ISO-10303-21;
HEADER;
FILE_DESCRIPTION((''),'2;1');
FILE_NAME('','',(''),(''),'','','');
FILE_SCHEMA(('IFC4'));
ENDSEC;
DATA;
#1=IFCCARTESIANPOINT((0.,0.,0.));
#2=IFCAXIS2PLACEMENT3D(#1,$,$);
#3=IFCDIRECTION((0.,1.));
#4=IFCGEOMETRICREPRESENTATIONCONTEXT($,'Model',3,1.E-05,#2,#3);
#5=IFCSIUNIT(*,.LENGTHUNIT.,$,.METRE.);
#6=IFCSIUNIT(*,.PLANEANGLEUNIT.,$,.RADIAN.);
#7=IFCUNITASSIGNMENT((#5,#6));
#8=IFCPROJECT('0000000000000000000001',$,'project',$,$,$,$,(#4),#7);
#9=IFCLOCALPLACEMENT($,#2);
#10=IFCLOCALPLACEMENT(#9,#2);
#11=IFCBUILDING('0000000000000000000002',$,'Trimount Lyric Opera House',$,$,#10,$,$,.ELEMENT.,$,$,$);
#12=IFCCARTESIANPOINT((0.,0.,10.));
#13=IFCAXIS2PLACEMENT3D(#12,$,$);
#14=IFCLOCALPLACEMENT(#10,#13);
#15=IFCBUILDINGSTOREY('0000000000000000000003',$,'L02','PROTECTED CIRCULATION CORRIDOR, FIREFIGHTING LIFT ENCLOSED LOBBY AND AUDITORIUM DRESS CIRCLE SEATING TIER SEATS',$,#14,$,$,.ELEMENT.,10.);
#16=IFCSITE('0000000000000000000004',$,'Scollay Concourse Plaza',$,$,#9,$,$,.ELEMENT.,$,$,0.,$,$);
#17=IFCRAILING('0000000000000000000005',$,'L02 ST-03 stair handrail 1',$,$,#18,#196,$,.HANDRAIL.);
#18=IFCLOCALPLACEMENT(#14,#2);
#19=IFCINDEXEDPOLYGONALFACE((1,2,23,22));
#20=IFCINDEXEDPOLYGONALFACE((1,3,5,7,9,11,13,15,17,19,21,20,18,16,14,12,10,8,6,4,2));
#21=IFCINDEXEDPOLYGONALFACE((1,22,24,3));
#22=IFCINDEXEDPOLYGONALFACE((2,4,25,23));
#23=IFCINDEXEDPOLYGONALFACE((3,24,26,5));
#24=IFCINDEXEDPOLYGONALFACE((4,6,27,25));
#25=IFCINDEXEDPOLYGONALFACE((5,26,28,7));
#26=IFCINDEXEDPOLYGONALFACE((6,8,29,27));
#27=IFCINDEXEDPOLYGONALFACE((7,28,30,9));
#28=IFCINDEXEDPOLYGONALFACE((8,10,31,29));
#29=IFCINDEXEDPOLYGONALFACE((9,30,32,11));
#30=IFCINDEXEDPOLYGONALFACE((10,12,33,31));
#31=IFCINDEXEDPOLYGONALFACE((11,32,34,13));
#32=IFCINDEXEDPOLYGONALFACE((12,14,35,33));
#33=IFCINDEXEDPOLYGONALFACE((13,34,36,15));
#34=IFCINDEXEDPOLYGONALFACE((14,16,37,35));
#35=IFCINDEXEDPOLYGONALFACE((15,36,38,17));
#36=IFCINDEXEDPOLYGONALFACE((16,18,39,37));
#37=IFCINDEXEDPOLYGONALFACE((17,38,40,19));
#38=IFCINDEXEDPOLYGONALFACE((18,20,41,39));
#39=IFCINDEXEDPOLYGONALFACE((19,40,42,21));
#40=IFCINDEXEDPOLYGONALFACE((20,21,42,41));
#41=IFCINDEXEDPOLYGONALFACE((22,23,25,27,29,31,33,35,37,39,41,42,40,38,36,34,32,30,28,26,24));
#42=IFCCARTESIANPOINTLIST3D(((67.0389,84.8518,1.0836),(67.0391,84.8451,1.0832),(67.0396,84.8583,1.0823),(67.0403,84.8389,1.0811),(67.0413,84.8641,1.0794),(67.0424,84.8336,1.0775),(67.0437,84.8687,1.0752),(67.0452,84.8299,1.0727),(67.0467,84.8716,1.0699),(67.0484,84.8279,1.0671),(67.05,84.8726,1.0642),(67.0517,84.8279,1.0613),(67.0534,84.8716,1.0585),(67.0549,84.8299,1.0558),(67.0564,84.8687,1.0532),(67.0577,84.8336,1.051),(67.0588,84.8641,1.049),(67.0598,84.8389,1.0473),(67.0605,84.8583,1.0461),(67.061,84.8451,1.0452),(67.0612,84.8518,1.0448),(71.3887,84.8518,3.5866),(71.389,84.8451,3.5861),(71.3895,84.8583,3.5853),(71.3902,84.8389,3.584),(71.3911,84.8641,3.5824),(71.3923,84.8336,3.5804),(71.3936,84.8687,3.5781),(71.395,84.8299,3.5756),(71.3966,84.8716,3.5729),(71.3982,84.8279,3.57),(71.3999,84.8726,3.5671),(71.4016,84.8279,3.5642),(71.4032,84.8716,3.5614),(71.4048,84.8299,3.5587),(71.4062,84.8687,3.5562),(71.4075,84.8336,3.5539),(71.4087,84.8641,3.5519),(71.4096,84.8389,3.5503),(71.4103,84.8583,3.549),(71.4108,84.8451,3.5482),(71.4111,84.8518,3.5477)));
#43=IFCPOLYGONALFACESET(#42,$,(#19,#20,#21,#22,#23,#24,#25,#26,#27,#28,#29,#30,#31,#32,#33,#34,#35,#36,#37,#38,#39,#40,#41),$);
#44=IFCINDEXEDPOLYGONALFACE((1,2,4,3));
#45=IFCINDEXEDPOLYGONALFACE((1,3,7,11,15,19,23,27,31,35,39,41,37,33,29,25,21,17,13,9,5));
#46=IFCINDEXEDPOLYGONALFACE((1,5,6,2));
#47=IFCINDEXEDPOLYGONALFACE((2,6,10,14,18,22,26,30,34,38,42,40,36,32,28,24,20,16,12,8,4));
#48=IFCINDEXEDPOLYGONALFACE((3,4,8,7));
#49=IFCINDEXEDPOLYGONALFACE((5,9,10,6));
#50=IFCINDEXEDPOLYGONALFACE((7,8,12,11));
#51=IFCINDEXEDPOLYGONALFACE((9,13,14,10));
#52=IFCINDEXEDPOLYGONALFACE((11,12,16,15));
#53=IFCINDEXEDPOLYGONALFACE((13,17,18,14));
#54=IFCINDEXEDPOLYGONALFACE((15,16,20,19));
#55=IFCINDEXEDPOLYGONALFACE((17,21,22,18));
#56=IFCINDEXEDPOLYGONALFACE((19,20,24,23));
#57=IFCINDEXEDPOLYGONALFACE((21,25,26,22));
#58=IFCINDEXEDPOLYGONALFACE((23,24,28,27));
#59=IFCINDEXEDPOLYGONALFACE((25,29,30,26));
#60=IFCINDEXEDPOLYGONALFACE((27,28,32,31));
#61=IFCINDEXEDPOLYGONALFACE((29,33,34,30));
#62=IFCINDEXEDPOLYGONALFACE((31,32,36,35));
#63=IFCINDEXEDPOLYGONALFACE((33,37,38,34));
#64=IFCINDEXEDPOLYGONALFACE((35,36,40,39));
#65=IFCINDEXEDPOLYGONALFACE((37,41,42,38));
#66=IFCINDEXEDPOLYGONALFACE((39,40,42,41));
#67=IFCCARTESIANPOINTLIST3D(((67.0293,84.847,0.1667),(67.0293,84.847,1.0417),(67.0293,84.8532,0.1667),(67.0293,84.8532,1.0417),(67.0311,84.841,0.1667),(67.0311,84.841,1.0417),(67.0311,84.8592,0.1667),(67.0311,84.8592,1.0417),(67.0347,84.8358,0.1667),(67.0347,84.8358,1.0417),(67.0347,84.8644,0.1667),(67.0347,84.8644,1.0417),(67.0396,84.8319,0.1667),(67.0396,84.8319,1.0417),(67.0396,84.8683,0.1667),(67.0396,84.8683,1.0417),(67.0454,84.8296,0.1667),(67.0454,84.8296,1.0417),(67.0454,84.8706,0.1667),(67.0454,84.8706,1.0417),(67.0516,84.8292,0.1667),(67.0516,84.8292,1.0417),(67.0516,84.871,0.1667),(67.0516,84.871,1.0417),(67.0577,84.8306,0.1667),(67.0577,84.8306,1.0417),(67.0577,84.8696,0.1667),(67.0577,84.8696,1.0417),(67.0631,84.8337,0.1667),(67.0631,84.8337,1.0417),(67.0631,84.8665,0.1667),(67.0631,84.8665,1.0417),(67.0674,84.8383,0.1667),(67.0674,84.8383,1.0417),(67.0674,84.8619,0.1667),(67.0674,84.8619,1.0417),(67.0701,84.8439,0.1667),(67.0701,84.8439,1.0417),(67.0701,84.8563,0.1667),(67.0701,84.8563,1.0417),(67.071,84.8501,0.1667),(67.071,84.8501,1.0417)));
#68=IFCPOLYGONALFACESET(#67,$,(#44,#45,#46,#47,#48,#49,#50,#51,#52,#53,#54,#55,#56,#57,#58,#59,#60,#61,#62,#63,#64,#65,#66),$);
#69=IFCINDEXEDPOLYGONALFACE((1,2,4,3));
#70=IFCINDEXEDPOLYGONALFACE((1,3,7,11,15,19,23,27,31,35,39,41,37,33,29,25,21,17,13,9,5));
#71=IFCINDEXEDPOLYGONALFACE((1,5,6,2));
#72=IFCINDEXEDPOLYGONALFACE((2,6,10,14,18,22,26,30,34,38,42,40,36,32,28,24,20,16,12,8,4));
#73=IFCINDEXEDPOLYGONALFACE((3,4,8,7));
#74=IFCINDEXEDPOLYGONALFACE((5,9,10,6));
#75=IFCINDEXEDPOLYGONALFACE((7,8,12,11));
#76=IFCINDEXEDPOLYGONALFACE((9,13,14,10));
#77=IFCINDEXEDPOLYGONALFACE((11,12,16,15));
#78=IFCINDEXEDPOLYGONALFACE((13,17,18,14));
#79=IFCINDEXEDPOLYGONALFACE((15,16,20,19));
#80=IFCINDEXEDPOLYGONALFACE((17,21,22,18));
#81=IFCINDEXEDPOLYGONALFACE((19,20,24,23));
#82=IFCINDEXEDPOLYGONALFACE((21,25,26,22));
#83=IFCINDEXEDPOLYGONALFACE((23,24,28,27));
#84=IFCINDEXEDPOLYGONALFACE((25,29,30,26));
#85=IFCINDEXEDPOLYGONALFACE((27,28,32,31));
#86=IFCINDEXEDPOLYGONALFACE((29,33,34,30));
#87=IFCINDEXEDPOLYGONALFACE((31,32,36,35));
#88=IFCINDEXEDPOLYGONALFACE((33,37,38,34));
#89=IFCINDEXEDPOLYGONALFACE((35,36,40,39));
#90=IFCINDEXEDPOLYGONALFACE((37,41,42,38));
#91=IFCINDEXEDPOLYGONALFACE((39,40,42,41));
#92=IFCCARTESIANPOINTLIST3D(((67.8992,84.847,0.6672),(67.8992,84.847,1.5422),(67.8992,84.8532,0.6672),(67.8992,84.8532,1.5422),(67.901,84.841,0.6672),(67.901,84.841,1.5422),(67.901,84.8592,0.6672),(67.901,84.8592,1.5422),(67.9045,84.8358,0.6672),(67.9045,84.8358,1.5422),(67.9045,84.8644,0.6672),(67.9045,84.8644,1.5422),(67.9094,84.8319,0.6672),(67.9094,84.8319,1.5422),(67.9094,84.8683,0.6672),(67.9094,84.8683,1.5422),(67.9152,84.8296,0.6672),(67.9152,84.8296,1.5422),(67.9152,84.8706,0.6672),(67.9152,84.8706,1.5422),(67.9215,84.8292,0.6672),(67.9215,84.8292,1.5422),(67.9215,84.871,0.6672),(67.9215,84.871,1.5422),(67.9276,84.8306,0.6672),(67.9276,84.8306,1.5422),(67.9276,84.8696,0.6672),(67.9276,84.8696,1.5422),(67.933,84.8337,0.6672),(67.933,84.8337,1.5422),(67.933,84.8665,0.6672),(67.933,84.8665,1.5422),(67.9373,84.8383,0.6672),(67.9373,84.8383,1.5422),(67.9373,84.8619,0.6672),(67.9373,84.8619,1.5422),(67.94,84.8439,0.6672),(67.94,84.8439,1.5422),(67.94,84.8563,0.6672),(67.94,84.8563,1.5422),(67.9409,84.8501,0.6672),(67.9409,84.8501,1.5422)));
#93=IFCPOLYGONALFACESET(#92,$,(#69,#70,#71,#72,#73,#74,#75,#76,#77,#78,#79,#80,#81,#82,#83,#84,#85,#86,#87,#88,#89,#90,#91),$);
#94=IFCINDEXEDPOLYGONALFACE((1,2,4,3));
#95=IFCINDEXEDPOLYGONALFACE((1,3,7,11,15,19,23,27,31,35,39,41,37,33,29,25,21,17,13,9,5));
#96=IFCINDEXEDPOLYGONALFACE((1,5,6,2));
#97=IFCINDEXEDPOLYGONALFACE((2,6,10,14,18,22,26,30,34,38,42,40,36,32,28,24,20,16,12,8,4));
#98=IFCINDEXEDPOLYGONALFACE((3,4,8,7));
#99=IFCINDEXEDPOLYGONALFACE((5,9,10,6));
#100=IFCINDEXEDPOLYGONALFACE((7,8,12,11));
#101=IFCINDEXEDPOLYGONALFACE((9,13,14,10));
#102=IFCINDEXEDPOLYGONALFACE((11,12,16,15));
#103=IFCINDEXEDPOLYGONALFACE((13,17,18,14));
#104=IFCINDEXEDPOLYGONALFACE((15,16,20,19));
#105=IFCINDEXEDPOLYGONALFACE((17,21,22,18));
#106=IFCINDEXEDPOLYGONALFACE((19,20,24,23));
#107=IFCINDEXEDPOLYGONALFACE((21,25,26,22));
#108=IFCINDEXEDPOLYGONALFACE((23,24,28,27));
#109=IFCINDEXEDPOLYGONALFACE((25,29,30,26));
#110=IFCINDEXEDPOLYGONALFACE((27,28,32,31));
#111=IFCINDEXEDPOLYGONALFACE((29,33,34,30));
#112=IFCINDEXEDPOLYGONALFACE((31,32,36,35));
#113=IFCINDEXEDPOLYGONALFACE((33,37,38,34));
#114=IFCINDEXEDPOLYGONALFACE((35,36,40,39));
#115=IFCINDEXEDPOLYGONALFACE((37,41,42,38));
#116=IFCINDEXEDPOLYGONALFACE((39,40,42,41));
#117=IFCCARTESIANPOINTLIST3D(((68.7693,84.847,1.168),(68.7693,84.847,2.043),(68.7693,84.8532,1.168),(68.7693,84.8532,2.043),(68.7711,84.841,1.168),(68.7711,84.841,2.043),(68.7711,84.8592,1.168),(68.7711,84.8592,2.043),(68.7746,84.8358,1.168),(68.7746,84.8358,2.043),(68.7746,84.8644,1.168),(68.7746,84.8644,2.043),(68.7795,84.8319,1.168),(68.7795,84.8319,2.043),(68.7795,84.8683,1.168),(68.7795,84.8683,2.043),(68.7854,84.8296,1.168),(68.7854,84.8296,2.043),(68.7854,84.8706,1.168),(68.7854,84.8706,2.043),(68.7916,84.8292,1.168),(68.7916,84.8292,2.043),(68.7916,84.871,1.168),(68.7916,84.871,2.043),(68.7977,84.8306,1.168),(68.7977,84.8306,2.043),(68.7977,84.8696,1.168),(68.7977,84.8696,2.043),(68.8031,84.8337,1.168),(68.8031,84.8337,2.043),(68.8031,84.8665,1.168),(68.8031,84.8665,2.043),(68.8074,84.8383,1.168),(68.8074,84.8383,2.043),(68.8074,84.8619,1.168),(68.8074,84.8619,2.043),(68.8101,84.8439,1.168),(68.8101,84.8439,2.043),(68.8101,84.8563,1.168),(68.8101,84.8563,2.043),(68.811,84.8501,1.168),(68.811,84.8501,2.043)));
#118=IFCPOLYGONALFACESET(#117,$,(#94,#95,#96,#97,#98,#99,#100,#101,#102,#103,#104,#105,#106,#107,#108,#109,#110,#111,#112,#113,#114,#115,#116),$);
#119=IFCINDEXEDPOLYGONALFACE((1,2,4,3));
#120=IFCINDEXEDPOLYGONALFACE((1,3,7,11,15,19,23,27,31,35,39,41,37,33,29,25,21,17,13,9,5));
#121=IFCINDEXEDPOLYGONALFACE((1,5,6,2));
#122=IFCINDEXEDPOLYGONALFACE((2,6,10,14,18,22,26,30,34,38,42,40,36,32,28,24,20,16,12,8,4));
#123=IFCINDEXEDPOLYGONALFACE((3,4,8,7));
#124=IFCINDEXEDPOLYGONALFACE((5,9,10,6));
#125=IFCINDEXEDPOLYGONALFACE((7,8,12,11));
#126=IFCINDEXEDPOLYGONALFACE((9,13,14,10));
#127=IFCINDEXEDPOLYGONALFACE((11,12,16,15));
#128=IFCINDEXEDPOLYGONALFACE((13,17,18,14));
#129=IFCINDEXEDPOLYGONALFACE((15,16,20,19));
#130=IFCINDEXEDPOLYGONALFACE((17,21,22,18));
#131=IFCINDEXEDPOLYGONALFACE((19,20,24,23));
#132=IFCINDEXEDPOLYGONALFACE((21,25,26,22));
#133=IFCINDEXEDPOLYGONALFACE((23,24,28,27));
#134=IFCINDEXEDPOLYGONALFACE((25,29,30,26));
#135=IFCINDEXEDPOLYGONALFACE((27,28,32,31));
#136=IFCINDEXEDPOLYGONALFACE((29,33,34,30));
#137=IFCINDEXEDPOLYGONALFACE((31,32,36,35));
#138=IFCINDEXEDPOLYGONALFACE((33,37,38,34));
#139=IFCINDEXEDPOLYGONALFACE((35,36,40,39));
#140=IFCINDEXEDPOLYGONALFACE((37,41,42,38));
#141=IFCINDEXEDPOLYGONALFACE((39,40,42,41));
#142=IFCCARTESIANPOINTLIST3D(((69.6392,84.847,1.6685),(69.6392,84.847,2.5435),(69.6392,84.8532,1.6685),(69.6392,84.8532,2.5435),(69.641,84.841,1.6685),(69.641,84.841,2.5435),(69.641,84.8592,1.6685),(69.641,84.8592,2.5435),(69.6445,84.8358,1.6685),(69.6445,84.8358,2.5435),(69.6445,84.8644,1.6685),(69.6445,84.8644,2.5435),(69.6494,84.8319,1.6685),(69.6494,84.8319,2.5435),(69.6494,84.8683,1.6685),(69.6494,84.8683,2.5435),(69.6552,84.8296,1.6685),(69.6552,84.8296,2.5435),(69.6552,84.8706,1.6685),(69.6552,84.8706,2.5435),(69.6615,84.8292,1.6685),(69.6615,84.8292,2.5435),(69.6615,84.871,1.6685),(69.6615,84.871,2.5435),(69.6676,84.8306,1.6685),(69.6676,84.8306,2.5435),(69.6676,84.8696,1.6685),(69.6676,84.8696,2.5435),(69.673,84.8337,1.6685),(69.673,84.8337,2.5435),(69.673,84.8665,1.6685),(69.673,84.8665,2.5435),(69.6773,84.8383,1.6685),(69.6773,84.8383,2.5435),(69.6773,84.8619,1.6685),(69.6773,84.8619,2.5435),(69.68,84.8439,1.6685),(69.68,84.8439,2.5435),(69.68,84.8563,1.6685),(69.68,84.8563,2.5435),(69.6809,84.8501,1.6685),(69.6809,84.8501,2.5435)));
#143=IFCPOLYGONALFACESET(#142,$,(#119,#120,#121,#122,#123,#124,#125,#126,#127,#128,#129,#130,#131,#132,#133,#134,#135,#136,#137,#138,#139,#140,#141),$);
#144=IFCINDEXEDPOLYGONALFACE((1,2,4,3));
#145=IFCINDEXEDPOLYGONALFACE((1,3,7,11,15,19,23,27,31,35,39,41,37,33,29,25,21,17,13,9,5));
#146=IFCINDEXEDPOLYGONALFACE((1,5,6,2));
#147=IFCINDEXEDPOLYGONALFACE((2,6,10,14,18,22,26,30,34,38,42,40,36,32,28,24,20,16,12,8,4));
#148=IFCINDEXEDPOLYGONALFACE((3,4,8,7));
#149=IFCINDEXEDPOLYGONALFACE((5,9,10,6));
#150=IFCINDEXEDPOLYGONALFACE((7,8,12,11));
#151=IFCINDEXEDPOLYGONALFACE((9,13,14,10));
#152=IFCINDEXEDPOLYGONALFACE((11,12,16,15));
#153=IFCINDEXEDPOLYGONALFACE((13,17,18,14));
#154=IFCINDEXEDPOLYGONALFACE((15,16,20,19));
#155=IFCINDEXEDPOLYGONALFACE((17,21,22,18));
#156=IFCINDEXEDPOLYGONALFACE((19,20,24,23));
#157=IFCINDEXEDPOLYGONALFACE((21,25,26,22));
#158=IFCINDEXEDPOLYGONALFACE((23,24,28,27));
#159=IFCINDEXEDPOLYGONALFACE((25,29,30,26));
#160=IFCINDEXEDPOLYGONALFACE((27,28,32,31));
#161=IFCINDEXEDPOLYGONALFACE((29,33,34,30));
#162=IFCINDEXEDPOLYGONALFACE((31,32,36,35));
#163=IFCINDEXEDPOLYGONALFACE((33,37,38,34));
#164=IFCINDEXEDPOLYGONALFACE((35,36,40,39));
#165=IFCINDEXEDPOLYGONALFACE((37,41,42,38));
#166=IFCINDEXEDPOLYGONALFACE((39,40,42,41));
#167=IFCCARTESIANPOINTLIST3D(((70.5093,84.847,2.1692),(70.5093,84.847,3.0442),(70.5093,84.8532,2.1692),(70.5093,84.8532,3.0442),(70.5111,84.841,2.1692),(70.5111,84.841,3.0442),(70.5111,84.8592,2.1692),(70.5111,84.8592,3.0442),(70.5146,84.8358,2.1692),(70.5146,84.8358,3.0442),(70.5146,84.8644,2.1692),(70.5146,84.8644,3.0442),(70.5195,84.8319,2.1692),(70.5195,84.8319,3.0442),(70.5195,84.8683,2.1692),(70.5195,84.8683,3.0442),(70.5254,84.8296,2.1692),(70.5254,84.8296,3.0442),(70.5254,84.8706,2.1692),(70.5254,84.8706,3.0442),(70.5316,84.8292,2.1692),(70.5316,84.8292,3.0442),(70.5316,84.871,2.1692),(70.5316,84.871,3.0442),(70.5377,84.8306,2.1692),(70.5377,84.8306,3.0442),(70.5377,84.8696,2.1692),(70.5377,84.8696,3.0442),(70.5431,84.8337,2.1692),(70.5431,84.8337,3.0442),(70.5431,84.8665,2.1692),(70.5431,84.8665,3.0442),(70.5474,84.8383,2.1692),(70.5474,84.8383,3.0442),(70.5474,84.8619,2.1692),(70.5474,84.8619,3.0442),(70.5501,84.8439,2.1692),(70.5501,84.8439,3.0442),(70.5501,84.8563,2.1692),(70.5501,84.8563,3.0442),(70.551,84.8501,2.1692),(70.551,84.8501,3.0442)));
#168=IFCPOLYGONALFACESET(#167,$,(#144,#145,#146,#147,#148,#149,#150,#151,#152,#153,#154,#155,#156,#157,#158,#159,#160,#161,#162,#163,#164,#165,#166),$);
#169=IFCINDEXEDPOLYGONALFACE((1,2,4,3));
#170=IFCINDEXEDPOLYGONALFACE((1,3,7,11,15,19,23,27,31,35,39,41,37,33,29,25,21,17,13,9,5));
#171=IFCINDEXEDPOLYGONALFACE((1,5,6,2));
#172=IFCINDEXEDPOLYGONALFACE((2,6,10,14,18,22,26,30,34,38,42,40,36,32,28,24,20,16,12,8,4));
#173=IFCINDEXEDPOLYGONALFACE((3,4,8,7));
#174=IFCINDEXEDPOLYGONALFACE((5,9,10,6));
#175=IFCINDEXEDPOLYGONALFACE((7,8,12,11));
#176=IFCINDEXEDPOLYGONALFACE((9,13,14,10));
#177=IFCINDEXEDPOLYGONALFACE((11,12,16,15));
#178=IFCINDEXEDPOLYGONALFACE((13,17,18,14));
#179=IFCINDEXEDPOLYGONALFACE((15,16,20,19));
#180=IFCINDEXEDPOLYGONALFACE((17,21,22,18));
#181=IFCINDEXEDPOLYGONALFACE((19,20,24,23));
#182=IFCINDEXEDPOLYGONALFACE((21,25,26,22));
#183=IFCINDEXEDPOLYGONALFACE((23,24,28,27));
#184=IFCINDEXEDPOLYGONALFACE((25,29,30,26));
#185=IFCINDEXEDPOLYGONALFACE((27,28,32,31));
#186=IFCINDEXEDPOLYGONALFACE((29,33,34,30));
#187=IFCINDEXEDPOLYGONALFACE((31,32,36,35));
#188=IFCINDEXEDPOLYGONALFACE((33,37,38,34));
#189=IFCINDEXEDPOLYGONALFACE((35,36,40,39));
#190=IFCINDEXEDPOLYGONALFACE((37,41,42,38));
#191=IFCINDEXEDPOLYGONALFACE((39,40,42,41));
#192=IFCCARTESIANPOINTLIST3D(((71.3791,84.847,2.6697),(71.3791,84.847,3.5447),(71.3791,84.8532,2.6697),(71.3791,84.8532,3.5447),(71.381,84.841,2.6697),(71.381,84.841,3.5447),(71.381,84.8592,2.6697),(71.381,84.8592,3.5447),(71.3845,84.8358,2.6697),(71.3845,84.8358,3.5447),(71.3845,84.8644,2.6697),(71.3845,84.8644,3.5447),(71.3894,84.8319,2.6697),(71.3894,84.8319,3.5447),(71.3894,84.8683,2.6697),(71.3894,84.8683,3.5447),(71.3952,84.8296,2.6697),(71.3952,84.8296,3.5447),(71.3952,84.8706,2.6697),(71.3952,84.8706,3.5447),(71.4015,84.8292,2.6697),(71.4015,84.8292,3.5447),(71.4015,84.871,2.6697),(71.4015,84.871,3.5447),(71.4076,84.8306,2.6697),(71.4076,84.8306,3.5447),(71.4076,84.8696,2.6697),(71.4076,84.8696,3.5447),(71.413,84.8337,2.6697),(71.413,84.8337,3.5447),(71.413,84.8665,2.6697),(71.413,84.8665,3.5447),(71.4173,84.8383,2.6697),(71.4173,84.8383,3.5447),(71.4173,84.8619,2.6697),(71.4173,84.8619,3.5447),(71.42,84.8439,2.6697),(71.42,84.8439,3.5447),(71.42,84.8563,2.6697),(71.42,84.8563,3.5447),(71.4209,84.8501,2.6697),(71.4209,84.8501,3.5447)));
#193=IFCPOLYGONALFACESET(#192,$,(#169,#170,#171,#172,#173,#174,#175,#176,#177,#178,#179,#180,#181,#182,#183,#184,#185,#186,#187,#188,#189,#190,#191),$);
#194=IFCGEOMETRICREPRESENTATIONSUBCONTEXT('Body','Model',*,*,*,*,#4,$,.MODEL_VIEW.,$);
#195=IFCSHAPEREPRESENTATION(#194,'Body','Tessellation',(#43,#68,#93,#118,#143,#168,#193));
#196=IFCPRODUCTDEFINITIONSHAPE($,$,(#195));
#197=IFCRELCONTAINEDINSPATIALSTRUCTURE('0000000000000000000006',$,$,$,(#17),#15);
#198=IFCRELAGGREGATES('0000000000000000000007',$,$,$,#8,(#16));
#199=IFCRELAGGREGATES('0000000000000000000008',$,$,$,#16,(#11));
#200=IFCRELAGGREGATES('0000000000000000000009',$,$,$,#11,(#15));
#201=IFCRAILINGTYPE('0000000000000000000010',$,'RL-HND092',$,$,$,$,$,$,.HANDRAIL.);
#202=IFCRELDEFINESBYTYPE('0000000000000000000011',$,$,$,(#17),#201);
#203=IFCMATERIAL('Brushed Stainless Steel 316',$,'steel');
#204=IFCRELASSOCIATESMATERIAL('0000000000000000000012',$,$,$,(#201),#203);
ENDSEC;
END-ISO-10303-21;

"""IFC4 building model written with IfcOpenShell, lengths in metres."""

from ifc_helpers import new_model, si_unit, direction, frame, origin, origin_2d, place, context, subcontext, project, spatial, circle, extrude, material, type_object, element, save


model = new_model("IFC4")

# Units and contexts
model_context = context("Model", 3, precision=1e-05, world=origin(), true_north=direction((0.0, 1.0)))
body_context = subcontext(model_context, "Body", "Model", "MODEL_VIEW")
ifc_project = project(units=[si_unit("LENGTHUNIT", "METRE"), si_unit("PLANEANGLEUNIT", "RADIAN")], contexts=[model_context])

# Site, building, storey
site_placement = place(None, origin())
site = spatial("IfcSite", under=ifc_project, at=site_placement, Name="Scollay Concourse Plaza", CompositionType="ELEMENT", RefElevation=0.0)
building_placement = place(site_placement, origin())
building = spatial("IfcBuilding", under=site, at=building_placement, Name="Trimount Lyric Opera House", CompositionType="ELEMENT")
storey_placement = place(building_placement, frame((0.0, 0.0, 10.0)))
storey = spatial("IfcBuildingStorey", under=building, at=storey_placement, Name="L02", Description="PROTECTED CIRCULATION CORRIDOR, FIREFIGHTING LIFT ENCLOSED LOBBY AND AUDITORIUM DRESS CIRCLE SEATING TIER SEATS", CompositionType="ELEMENT", Elevation=10.0)

# Railing
ifc_material_1 = material(Name="Brushed Stainless Steel 316", Category="steel")
railing_type_1 = type_object("IfcRailingType", Name="RL-HND092", PredefinedType="HANDRAIL", material=ifc_material_1)
railing_1_placement = place(storey_placement, frame((67.05, 84.8501, 0.1667)))
element("IfcRailing", 1, at=railing_1_placement, inside=storey, type_object=railing_type_1, Name="L02 ST-03 stair handrail 1", PredefinedType="HANDRAIL", context=body_context, shape_type="SweptSolid", body=[
    extrude(circle(Radius=0.0225, at=origin_2d()), frame((0.0, 0.0, 0.8975), z_axis=(0.866754, 0.0, 0.498735), x_axis=(0.0, 1.0, 0.0)), (0.0, 0.0, 1.0), 5.0186),
    extrude(circle(Radius=0.021, at=origin_2d()), origin(), (0.0, 0.0, 1.0), 0.875),
    extrude(circle(Radius=0.021, at=origin_2d()), frame((0.8699, 0.0, 0.5005)), (0.0, 0.0, 1.0), 0.875),
    extrude(circle(Radius=0.021, at=origin_2d()), frame((1.74, 0.0, 1.0012)), (0.0, 0.0, 1.0), 0.875),
    extrude(circle(Radius=0.021, at=origin_2d()), frame((2.6099, 0.0, 1.5017)), (0.0, 0.0, 1.0), 0.875),
    extrude(circle(Radius=0.021, at=origin_2d()), frame((3.48, 0.0, 2.0024)), (0.0, 0.0, 1.0), 0.875),
    extrude(circle(Radius=0.021, at=origin_2d()), frame((4.3499, 0.0, 2.5029)), (0.0, 0.0, 1.0), 0.875),
])

save(model, "model.ifc")
